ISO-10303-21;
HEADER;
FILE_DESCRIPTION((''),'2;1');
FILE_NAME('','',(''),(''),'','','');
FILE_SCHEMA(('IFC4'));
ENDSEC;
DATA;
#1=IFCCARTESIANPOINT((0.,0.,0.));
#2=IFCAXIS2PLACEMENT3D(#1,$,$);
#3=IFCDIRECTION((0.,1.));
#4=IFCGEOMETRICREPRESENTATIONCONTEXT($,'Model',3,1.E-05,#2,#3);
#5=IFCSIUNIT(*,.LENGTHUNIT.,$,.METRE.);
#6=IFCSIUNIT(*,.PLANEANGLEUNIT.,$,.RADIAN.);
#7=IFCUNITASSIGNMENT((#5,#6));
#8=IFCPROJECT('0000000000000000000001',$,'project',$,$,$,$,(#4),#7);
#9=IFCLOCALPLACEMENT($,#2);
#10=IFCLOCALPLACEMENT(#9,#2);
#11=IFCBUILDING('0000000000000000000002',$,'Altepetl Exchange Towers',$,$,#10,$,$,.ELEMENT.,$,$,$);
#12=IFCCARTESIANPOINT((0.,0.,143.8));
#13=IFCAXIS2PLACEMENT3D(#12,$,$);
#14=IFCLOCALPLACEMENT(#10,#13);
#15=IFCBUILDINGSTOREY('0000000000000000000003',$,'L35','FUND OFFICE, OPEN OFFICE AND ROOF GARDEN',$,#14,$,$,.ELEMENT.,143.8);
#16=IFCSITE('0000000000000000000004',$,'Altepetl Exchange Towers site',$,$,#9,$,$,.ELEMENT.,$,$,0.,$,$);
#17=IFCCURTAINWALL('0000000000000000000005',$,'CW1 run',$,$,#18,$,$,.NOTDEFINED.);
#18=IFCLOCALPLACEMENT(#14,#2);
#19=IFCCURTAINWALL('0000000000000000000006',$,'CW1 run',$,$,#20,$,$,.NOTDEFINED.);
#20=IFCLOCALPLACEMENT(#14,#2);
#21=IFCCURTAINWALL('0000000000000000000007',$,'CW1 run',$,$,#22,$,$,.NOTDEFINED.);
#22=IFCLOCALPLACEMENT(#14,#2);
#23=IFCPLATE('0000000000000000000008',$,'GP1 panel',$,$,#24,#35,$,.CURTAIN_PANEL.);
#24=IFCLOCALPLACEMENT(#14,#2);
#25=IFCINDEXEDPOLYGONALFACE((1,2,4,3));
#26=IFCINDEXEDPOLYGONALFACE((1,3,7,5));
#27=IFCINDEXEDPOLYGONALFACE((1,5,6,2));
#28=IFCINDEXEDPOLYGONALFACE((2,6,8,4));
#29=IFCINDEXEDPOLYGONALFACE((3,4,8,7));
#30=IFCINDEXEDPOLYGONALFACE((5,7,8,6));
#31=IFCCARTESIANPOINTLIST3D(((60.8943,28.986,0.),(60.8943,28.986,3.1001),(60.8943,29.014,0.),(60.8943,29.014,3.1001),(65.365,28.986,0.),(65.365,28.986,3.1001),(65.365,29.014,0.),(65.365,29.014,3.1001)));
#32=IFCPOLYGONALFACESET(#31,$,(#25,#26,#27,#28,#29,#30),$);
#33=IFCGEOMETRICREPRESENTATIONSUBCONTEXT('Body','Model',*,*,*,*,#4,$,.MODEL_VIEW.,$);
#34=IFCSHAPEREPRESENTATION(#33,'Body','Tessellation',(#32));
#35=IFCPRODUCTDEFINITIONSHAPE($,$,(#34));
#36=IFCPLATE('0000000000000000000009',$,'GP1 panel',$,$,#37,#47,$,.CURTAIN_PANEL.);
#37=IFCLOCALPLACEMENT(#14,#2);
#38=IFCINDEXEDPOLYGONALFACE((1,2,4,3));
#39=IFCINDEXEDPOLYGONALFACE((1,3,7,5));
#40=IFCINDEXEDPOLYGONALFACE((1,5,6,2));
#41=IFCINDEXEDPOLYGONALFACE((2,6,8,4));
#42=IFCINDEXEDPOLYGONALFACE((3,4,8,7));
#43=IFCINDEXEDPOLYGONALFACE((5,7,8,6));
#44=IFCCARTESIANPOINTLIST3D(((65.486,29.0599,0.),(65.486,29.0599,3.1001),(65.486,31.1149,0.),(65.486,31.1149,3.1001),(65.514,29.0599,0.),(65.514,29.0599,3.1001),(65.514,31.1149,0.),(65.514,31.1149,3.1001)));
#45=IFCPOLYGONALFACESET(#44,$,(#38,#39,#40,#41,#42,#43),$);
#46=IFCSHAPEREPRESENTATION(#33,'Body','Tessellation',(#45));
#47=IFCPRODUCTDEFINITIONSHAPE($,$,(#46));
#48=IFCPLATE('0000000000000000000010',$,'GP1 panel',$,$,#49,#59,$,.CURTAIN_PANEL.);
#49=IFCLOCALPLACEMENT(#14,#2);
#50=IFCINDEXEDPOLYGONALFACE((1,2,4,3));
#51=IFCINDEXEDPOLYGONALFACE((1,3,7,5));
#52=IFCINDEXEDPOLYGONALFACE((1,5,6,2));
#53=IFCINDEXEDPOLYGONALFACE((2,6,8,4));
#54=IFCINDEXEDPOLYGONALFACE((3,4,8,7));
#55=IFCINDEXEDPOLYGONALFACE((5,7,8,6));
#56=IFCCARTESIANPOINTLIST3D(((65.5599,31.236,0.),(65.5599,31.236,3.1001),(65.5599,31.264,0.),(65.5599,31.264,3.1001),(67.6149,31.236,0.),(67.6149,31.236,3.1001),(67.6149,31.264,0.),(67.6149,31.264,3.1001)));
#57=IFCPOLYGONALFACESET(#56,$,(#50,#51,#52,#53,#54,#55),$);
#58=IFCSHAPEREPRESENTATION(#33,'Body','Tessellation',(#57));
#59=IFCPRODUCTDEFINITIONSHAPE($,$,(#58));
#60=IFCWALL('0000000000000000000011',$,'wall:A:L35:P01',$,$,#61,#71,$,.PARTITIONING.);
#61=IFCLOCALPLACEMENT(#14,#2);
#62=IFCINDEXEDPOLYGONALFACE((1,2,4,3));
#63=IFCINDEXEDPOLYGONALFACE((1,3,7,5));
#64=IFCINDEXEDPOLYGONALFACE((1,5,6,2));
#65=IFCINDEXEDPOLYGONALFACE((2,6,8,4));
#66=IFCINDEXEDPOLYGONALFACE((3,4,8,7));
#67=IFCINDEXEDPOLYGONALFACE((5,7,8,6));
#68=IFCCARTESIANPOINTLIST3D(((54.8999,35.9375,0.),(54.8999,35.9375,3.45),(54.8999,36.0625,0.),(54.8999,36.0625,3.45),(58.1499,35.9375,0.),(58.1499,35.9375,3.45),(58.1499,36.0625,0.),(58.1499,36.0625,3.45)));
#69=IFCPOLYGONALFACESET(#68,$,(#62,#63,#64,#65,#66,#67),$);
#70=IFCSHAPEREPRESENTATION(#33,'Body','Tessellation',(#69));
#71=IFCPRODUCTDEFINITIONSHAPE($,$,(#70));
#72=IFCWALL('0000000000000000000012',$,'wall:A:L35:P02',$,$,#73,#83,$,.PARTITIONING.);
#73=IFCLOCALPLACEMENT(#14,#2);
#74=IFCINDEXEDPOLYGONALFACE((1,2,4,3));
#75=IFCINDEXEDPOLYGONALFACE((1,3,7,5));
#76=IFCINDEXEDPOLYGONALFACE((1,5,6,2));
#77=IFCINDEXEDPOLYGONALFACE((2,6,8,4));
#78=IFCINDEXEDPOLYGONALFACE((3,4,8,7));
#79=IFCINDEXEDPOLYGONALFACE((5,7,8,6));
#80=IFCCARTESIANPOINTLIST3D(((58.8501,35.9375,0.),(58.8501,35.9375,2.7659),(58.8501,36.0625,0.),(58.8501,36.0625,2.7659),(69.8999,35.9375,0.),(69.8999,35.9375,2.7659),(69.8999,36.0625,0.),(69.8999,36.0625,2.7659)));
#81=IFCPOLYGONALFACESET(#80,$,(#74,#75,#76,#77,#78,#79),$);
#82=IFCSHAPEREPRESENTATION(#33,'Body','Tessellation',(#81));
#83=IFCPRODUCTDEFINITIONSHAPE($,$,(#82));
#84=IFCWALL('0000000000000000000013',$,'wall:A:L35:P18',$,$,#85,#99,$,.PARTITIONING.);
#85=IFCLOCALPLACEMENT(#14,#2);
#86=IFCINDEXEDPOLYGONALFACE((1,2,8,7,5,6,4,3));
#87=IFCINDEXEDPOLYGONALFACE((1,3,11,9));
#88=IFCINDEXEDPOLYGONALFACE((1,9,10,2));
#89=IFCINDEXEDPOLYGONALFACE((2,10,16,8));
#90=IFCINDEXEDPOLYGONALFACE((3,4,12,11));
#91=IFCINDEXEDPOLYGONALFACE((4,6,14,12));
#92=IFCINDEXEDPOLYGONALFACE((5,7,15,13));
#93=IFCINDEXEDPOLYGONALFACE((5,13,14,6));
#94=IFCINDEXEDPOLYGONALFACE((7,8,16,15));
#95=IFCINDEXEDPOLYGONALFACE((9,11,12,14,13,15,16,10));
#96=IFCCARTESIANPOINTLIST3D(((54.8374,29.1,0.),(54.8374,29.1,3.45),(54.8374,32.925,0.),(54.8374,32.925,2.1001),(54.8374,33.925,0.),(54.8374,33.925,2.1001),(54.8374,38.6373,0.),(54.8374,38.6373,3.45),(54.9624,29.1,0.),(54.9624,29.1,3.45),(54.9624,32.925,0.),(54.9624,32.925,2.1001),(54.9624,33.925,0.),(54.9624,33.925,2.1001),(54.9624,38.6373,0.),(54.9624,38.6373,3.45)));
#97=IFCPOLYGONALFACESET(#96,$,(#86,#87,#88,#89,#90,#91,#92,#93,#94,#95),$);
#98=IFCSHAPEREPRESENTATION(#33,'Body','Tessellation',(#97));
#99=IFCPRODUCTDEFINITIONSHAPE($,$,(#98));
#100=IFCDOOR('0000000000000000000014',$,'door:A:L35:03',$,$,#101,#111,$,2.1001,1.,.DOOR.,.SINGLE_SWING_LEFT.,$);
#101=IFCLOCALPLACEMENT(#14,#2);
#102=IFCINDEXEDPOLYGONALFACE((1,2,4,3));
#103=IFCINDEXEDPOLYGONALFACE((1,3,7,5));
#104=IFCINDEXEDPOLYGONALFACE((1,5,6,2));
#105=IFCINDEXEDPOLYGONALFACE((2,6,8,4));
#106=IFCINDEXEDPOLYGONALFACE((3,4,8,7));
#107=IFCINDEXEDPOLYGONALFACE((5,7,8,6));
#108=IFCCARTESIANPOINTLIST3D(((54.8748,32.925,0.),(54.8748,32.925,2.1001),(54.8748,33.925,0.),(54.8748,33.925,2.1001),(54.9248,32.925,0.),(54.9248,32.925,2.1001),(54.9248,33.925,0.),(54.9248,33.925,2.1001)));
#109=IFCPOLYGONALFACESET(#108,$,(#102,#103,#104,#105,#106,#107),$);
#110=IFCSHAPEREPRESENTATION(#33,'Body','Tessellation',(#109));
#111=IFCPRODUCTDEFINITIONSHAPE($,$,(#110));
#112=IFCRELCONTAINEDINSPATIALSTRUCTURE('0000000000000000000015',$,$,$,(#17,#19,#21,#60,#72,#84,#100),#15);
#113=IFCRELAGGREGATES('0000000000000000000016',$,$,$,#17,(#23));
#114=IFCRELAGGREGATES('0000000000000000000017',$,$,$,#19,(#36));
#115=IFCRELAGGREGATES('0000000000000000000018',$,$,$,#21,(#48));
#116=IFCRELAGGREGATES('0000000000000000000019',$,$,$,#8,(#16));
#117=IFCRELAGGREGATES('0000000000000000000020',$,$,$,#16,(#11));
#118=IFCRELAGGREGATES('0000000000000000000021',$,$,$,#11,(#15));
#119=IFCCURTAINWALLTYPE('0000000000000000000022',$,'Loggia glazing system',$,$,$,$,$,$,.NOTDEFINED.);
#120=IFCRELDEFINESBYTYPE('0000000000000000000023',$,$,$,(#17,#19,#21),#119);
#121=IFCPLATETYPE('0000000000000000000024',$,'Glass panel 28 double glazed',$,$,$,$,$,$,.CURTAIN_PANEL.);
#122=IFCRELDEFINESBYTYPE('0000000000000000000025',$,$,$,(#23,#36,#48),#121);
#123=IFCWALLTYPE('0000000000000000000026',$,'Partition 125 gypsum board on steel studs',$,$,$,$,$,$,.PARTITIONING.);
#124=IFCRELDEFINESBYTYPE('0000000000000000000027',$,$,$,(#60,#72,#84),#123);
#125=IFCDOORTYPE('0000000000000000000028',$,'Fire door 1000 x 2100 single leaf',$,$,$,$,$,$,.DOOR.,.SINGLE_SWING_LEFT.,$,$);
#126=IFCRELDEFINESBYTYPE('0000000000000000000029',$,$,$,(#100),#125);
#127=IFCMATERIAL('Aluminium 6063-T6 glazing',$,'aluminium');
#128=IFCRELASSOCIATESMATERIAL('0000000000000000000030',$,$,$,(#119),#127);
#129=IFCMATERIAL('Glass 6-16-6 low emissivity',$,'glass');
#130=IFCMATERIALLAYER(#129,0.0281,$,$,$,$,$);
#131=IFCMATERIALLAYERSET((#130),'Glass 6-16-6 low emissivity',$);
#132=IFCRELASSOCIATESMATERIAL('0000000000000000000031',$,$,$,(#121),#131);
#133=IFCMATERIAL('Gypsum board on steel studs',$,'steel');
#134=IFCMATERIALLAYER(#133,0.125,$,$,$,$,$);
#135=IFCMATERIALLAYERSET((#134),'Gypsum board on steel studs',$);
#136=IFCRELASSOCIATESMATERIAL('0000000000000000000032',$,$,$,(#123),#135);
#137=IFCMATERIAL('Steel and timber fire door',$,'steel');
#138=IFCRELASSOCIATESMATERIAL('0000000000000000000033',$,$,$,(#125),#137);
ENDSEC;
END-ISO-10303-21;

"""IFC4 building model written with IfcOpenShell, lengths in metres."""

from ifc_helpers import new_model, si_unit, direction, frame, frame_2d, origin, origin_2d, place, context, subcontext, project, spatial, rectangle, extrude, material, layer, layer_set, type_object, element, fill, aggregate, save


model = new_model("IFC4")

# Units and contexts
model_context = context("Model", 3, precision=1e-05, world=origin(), true_north=direction((0.0, 1.0)))
body_context = subcontext(model_context, "Body", "Model", "MODEL_VIEW")
ifc_project = project(units=[si_unit("LENGTHUNIT", "METRE"), si_unit("PLANEANGLEUNIT", "RADIAN")], contexts=[model_context])

# Site, building, storey
site_placement = place(None, origin())
site = spatial("IfcSite", under=ifc_project, at=site_placement, Name="Altepetl Exchange Towers site", CompositionType="ELEMENT", RefElevation=0.0)
building_placement = place(site_placement, origin())
building = spatial("IfcBuilding", under=site, at=building_placement, Name="Altepetl Exchange Towers", CompositionType="ELEMENT")
storey_placement = place(building_placement, frame((0.0, 0.0, 143.8)))
storey = spatial("IfcBuildingStorey", under=building, at=storey_placement, Name="L35", Description="FUND OFFICE, OPEN OFFICE AND ROOF GARDEN", CompositionType="ELEMENT", Elevation=143.8)

# Curtain walls
ifc_material_1 = material(Name="Aluminium 6063-T6 glazing", Category="aluminium")
curtain_wall_type = type_object("IfcCurtainWallType", Name="Loggia glazing system", PredefinedType="NOTDEFINED", material=ifc_material_1)
curtain_wall_1_placement = place(storey_placement, origin())
curtain_wall_1 = element("IfcCurtainWall", 1, at=curtain_wall_1_placement, inside=storey, type_object=curtain_wall_type, Name="CW1 run", PredefinedType="NOTDEFINED")
curtain_wall_2_placement = place(storey_placement, origin())
curtain_wall_2 = element("IfcCurtainWall", 2, at=curtain_wall_2_placement, inside=storey, type_object=curtain_wall_type, Name="CW1 run", PredefinedType="NOTDEFINED")

# Curtain wall
curtain_wall_3_placement = place(storey_placement, origin())
curtain_wall_3 = element("IfcCurtainWall", 3, at=curtain_wall_3_placement, inside=storey, type_object=curtain_wall_type, Name="CW1 run", PredefinedType="NOTDEFINED")

# Plates
ifc_material_2 = material(Name="Glass 6-16-6 low emissivity", Category="glass")
ifc_layer_1 = layer(ifc_material_2, 0.0281)
ifc_layer_set_1 = layer_set([ifc_layer_1], Name="Glass 6-16-6 low emissivity")
plate_type = type_object("IfcPlateType", Name="Glass panel 28 double glazed", PredefinedType="CURTAIN_PANEL", material=ifc_layer_set_1)
plate_1_placement = place(storey_placement, frame((63.1296, 29.0, 0.0)))
plate_1 = element("IfcPlate", 4, at=plate_1_placement, type_object=plate_type, Name="GP1 panel", PredefinedType="CURTAIN_PANEL", context=body_context, shape_type="SweptSolid", body=[
    extrude(rectangle(XDim=4.4707, YDim=0.0281, at=origin_2d()), origin(), (0.0, 0.0, 1.0), 3.1001),
])
aggregate(curtain_wall_1, [plate_1])
plate_2_placement = place(storey_placement, frame((65.5, 30.0874, 0.0), z_axis=(0.0, 0.0, 1.0), x_axis=(0.0, 1.0, 0.0)))
plate_2 = element("IfcPlate", 5, at=plate_2_placement, type_object=plate_type, Name="GP1 panel", PredefinedType="CURTAIN_PANEL", context=body_context, shape_type="SweptSolid", body=[
    extrude(rectangle(XDim=2.0549, YDim=0.0281, at=origin_2d()), origin(), (0.0, 0.0, 1.0), 3.1001),
])
aggregate(curtain_wall_2, [plate_2])
plate_3_placement = place(storey_placement, frame((66.5874, 31.25, 0.0)))
plate_3 = element("IfcPlate", 6, at=plate_3_placement, type_object=plate_type, Name="GP1 panel", PredefinedType="CURTAIN_PANEL", context=body_context, shape_type="SweptSolid", body=[
    extrude(rectangle(XDim=2.0549, YDim=0.0281, at=origin_2d()), origin(), (0.0, 0.0, 1.0), 3.1001),
])
aggregate(curtain_wall_3, [plate_3])

# Walls
ifc_material_3 = material(Name="Gypsum board on steel studs", Category="steel")
ifc_layer_2 = layer(ifc_material_3, 0.125)
ifc_layer_set_2 = layer_set([ifc_layer_2], Name="Gypsum board on steel studs")
wall_type = type_object("IfcWallType", Name="Partition 125 gypsum board on steel studs", PredefinedType="PARTITIONING", material=ifc_layer_set_2)
wall_1_placement = place(storey_placement, frame((54.8999, 36.0, 0.0)))
element("IfcWall", 7, at=wall_1_placement, inside=storey, type_object=wall_type, Name="wall:A:L35:P01", PredefinedType="PARTITIONING", context=body_context, shape_type="SweptSolid", body=[
    extrude(rectangle(XDim=3.25, YDim=0.125, at=frame_2d((1.625, 0.0))), origin(), (0.0, 0.0, 1.0), 3.45),
])
wall_2_placement = place(storey_placement, frame((58.8501, 36.0, 0.0)))
element("IfcWall", 8, at=wall_2_placement, inside=storey, type_object=wall_type, Name="wall:A:L35:P02", PredefinedType="PARTITIONING", context=body_context, shape_type="SweptSolid", body=[
    extrude(rectangle(XDim=11.0498, YDim=0.125, at=frame_2d((5.5249, 0.0))), origin(), (0.0, 0.0, 1.0), 2.7659),
])

# Wall, opening, door
wall_3_placement = place(storey_placement, frame((54.8999, 29.1001, 0.0), z_axis=(0.0, 0.0, 1.0), x_axis=(0.0, 1.0, 0.0)))
wall_3 = element("IfcWall", 9, at=wall_3_placement, inside=storey, type_object=wall_type, Name="wall:A:L35:P18", PredefinedType="PARTITIONING", context=body_context, shape_type="SweptSolid", body=[
    extrude(rectangle(XDim=9.5374, YDim=0.125, at=frame_2d((4.7686, 0.0))), origin(), (0.0, 0.0, 1.0), 3.45),
])
opening_placement = place(wall_3_placement, frame((3.825, 0.0, 0.0)))
opening = element("IfcOpeningElement", 10, at=opening_placement, cuts=wall_3, PredefinedType="OPENING", context=body_context, shape_type="SweptSolid", body=[
    extrude(rectangle(XDim=1.0, YDim=2.1001, at=frame_2d((0.5, 1.05))), frame((0.0, 0.0725, 0.0), z_axis=(0.0, -1.0, 0.0), x_axis=(1.0, 0.0, 0.0)), (0.0, 0.0, 1.0), 0.145),
])
ifc_material_4 = material(Name="Steel and timber fire door", Category="steel")
door_type = type_object("IfcDoorType", Name="Fire door 1000 x 2100 single leaf", OperationType="SINGLE_SWING_LEFT", PredefinedType="DOOR", material=ifc_material_4)
door_placement = place(opening_placement, frame((1.0, 0.0, 0.0), x_axis=(-1.0, 0.0, 0.0)))
door = element("IfcDoor", 11, at=door_placement, inside=storey, type_object=door_type, Name="door:A:L35:03", OperationType="SINGLE_SWING_LEFT", OverallHeight=2.1001, OverallWidth=1.0, PredefinedType="DOOR", context=body_context, shape_type="SweptSolid", body=[
    extrude(rectangle(XDim=1.0, YDim=2.1001, at=frame_2d((0.5, 1.05))), frame((0.0, 0.0249, 0.0), z_axis=(0.0, -1.0, 0.0), x_axis=(1.0, 0.0, 0.0)), (0.0, 0.0, 1.0), 0.05),
])
fill(opening, door)

save(model, "model.ifc")
